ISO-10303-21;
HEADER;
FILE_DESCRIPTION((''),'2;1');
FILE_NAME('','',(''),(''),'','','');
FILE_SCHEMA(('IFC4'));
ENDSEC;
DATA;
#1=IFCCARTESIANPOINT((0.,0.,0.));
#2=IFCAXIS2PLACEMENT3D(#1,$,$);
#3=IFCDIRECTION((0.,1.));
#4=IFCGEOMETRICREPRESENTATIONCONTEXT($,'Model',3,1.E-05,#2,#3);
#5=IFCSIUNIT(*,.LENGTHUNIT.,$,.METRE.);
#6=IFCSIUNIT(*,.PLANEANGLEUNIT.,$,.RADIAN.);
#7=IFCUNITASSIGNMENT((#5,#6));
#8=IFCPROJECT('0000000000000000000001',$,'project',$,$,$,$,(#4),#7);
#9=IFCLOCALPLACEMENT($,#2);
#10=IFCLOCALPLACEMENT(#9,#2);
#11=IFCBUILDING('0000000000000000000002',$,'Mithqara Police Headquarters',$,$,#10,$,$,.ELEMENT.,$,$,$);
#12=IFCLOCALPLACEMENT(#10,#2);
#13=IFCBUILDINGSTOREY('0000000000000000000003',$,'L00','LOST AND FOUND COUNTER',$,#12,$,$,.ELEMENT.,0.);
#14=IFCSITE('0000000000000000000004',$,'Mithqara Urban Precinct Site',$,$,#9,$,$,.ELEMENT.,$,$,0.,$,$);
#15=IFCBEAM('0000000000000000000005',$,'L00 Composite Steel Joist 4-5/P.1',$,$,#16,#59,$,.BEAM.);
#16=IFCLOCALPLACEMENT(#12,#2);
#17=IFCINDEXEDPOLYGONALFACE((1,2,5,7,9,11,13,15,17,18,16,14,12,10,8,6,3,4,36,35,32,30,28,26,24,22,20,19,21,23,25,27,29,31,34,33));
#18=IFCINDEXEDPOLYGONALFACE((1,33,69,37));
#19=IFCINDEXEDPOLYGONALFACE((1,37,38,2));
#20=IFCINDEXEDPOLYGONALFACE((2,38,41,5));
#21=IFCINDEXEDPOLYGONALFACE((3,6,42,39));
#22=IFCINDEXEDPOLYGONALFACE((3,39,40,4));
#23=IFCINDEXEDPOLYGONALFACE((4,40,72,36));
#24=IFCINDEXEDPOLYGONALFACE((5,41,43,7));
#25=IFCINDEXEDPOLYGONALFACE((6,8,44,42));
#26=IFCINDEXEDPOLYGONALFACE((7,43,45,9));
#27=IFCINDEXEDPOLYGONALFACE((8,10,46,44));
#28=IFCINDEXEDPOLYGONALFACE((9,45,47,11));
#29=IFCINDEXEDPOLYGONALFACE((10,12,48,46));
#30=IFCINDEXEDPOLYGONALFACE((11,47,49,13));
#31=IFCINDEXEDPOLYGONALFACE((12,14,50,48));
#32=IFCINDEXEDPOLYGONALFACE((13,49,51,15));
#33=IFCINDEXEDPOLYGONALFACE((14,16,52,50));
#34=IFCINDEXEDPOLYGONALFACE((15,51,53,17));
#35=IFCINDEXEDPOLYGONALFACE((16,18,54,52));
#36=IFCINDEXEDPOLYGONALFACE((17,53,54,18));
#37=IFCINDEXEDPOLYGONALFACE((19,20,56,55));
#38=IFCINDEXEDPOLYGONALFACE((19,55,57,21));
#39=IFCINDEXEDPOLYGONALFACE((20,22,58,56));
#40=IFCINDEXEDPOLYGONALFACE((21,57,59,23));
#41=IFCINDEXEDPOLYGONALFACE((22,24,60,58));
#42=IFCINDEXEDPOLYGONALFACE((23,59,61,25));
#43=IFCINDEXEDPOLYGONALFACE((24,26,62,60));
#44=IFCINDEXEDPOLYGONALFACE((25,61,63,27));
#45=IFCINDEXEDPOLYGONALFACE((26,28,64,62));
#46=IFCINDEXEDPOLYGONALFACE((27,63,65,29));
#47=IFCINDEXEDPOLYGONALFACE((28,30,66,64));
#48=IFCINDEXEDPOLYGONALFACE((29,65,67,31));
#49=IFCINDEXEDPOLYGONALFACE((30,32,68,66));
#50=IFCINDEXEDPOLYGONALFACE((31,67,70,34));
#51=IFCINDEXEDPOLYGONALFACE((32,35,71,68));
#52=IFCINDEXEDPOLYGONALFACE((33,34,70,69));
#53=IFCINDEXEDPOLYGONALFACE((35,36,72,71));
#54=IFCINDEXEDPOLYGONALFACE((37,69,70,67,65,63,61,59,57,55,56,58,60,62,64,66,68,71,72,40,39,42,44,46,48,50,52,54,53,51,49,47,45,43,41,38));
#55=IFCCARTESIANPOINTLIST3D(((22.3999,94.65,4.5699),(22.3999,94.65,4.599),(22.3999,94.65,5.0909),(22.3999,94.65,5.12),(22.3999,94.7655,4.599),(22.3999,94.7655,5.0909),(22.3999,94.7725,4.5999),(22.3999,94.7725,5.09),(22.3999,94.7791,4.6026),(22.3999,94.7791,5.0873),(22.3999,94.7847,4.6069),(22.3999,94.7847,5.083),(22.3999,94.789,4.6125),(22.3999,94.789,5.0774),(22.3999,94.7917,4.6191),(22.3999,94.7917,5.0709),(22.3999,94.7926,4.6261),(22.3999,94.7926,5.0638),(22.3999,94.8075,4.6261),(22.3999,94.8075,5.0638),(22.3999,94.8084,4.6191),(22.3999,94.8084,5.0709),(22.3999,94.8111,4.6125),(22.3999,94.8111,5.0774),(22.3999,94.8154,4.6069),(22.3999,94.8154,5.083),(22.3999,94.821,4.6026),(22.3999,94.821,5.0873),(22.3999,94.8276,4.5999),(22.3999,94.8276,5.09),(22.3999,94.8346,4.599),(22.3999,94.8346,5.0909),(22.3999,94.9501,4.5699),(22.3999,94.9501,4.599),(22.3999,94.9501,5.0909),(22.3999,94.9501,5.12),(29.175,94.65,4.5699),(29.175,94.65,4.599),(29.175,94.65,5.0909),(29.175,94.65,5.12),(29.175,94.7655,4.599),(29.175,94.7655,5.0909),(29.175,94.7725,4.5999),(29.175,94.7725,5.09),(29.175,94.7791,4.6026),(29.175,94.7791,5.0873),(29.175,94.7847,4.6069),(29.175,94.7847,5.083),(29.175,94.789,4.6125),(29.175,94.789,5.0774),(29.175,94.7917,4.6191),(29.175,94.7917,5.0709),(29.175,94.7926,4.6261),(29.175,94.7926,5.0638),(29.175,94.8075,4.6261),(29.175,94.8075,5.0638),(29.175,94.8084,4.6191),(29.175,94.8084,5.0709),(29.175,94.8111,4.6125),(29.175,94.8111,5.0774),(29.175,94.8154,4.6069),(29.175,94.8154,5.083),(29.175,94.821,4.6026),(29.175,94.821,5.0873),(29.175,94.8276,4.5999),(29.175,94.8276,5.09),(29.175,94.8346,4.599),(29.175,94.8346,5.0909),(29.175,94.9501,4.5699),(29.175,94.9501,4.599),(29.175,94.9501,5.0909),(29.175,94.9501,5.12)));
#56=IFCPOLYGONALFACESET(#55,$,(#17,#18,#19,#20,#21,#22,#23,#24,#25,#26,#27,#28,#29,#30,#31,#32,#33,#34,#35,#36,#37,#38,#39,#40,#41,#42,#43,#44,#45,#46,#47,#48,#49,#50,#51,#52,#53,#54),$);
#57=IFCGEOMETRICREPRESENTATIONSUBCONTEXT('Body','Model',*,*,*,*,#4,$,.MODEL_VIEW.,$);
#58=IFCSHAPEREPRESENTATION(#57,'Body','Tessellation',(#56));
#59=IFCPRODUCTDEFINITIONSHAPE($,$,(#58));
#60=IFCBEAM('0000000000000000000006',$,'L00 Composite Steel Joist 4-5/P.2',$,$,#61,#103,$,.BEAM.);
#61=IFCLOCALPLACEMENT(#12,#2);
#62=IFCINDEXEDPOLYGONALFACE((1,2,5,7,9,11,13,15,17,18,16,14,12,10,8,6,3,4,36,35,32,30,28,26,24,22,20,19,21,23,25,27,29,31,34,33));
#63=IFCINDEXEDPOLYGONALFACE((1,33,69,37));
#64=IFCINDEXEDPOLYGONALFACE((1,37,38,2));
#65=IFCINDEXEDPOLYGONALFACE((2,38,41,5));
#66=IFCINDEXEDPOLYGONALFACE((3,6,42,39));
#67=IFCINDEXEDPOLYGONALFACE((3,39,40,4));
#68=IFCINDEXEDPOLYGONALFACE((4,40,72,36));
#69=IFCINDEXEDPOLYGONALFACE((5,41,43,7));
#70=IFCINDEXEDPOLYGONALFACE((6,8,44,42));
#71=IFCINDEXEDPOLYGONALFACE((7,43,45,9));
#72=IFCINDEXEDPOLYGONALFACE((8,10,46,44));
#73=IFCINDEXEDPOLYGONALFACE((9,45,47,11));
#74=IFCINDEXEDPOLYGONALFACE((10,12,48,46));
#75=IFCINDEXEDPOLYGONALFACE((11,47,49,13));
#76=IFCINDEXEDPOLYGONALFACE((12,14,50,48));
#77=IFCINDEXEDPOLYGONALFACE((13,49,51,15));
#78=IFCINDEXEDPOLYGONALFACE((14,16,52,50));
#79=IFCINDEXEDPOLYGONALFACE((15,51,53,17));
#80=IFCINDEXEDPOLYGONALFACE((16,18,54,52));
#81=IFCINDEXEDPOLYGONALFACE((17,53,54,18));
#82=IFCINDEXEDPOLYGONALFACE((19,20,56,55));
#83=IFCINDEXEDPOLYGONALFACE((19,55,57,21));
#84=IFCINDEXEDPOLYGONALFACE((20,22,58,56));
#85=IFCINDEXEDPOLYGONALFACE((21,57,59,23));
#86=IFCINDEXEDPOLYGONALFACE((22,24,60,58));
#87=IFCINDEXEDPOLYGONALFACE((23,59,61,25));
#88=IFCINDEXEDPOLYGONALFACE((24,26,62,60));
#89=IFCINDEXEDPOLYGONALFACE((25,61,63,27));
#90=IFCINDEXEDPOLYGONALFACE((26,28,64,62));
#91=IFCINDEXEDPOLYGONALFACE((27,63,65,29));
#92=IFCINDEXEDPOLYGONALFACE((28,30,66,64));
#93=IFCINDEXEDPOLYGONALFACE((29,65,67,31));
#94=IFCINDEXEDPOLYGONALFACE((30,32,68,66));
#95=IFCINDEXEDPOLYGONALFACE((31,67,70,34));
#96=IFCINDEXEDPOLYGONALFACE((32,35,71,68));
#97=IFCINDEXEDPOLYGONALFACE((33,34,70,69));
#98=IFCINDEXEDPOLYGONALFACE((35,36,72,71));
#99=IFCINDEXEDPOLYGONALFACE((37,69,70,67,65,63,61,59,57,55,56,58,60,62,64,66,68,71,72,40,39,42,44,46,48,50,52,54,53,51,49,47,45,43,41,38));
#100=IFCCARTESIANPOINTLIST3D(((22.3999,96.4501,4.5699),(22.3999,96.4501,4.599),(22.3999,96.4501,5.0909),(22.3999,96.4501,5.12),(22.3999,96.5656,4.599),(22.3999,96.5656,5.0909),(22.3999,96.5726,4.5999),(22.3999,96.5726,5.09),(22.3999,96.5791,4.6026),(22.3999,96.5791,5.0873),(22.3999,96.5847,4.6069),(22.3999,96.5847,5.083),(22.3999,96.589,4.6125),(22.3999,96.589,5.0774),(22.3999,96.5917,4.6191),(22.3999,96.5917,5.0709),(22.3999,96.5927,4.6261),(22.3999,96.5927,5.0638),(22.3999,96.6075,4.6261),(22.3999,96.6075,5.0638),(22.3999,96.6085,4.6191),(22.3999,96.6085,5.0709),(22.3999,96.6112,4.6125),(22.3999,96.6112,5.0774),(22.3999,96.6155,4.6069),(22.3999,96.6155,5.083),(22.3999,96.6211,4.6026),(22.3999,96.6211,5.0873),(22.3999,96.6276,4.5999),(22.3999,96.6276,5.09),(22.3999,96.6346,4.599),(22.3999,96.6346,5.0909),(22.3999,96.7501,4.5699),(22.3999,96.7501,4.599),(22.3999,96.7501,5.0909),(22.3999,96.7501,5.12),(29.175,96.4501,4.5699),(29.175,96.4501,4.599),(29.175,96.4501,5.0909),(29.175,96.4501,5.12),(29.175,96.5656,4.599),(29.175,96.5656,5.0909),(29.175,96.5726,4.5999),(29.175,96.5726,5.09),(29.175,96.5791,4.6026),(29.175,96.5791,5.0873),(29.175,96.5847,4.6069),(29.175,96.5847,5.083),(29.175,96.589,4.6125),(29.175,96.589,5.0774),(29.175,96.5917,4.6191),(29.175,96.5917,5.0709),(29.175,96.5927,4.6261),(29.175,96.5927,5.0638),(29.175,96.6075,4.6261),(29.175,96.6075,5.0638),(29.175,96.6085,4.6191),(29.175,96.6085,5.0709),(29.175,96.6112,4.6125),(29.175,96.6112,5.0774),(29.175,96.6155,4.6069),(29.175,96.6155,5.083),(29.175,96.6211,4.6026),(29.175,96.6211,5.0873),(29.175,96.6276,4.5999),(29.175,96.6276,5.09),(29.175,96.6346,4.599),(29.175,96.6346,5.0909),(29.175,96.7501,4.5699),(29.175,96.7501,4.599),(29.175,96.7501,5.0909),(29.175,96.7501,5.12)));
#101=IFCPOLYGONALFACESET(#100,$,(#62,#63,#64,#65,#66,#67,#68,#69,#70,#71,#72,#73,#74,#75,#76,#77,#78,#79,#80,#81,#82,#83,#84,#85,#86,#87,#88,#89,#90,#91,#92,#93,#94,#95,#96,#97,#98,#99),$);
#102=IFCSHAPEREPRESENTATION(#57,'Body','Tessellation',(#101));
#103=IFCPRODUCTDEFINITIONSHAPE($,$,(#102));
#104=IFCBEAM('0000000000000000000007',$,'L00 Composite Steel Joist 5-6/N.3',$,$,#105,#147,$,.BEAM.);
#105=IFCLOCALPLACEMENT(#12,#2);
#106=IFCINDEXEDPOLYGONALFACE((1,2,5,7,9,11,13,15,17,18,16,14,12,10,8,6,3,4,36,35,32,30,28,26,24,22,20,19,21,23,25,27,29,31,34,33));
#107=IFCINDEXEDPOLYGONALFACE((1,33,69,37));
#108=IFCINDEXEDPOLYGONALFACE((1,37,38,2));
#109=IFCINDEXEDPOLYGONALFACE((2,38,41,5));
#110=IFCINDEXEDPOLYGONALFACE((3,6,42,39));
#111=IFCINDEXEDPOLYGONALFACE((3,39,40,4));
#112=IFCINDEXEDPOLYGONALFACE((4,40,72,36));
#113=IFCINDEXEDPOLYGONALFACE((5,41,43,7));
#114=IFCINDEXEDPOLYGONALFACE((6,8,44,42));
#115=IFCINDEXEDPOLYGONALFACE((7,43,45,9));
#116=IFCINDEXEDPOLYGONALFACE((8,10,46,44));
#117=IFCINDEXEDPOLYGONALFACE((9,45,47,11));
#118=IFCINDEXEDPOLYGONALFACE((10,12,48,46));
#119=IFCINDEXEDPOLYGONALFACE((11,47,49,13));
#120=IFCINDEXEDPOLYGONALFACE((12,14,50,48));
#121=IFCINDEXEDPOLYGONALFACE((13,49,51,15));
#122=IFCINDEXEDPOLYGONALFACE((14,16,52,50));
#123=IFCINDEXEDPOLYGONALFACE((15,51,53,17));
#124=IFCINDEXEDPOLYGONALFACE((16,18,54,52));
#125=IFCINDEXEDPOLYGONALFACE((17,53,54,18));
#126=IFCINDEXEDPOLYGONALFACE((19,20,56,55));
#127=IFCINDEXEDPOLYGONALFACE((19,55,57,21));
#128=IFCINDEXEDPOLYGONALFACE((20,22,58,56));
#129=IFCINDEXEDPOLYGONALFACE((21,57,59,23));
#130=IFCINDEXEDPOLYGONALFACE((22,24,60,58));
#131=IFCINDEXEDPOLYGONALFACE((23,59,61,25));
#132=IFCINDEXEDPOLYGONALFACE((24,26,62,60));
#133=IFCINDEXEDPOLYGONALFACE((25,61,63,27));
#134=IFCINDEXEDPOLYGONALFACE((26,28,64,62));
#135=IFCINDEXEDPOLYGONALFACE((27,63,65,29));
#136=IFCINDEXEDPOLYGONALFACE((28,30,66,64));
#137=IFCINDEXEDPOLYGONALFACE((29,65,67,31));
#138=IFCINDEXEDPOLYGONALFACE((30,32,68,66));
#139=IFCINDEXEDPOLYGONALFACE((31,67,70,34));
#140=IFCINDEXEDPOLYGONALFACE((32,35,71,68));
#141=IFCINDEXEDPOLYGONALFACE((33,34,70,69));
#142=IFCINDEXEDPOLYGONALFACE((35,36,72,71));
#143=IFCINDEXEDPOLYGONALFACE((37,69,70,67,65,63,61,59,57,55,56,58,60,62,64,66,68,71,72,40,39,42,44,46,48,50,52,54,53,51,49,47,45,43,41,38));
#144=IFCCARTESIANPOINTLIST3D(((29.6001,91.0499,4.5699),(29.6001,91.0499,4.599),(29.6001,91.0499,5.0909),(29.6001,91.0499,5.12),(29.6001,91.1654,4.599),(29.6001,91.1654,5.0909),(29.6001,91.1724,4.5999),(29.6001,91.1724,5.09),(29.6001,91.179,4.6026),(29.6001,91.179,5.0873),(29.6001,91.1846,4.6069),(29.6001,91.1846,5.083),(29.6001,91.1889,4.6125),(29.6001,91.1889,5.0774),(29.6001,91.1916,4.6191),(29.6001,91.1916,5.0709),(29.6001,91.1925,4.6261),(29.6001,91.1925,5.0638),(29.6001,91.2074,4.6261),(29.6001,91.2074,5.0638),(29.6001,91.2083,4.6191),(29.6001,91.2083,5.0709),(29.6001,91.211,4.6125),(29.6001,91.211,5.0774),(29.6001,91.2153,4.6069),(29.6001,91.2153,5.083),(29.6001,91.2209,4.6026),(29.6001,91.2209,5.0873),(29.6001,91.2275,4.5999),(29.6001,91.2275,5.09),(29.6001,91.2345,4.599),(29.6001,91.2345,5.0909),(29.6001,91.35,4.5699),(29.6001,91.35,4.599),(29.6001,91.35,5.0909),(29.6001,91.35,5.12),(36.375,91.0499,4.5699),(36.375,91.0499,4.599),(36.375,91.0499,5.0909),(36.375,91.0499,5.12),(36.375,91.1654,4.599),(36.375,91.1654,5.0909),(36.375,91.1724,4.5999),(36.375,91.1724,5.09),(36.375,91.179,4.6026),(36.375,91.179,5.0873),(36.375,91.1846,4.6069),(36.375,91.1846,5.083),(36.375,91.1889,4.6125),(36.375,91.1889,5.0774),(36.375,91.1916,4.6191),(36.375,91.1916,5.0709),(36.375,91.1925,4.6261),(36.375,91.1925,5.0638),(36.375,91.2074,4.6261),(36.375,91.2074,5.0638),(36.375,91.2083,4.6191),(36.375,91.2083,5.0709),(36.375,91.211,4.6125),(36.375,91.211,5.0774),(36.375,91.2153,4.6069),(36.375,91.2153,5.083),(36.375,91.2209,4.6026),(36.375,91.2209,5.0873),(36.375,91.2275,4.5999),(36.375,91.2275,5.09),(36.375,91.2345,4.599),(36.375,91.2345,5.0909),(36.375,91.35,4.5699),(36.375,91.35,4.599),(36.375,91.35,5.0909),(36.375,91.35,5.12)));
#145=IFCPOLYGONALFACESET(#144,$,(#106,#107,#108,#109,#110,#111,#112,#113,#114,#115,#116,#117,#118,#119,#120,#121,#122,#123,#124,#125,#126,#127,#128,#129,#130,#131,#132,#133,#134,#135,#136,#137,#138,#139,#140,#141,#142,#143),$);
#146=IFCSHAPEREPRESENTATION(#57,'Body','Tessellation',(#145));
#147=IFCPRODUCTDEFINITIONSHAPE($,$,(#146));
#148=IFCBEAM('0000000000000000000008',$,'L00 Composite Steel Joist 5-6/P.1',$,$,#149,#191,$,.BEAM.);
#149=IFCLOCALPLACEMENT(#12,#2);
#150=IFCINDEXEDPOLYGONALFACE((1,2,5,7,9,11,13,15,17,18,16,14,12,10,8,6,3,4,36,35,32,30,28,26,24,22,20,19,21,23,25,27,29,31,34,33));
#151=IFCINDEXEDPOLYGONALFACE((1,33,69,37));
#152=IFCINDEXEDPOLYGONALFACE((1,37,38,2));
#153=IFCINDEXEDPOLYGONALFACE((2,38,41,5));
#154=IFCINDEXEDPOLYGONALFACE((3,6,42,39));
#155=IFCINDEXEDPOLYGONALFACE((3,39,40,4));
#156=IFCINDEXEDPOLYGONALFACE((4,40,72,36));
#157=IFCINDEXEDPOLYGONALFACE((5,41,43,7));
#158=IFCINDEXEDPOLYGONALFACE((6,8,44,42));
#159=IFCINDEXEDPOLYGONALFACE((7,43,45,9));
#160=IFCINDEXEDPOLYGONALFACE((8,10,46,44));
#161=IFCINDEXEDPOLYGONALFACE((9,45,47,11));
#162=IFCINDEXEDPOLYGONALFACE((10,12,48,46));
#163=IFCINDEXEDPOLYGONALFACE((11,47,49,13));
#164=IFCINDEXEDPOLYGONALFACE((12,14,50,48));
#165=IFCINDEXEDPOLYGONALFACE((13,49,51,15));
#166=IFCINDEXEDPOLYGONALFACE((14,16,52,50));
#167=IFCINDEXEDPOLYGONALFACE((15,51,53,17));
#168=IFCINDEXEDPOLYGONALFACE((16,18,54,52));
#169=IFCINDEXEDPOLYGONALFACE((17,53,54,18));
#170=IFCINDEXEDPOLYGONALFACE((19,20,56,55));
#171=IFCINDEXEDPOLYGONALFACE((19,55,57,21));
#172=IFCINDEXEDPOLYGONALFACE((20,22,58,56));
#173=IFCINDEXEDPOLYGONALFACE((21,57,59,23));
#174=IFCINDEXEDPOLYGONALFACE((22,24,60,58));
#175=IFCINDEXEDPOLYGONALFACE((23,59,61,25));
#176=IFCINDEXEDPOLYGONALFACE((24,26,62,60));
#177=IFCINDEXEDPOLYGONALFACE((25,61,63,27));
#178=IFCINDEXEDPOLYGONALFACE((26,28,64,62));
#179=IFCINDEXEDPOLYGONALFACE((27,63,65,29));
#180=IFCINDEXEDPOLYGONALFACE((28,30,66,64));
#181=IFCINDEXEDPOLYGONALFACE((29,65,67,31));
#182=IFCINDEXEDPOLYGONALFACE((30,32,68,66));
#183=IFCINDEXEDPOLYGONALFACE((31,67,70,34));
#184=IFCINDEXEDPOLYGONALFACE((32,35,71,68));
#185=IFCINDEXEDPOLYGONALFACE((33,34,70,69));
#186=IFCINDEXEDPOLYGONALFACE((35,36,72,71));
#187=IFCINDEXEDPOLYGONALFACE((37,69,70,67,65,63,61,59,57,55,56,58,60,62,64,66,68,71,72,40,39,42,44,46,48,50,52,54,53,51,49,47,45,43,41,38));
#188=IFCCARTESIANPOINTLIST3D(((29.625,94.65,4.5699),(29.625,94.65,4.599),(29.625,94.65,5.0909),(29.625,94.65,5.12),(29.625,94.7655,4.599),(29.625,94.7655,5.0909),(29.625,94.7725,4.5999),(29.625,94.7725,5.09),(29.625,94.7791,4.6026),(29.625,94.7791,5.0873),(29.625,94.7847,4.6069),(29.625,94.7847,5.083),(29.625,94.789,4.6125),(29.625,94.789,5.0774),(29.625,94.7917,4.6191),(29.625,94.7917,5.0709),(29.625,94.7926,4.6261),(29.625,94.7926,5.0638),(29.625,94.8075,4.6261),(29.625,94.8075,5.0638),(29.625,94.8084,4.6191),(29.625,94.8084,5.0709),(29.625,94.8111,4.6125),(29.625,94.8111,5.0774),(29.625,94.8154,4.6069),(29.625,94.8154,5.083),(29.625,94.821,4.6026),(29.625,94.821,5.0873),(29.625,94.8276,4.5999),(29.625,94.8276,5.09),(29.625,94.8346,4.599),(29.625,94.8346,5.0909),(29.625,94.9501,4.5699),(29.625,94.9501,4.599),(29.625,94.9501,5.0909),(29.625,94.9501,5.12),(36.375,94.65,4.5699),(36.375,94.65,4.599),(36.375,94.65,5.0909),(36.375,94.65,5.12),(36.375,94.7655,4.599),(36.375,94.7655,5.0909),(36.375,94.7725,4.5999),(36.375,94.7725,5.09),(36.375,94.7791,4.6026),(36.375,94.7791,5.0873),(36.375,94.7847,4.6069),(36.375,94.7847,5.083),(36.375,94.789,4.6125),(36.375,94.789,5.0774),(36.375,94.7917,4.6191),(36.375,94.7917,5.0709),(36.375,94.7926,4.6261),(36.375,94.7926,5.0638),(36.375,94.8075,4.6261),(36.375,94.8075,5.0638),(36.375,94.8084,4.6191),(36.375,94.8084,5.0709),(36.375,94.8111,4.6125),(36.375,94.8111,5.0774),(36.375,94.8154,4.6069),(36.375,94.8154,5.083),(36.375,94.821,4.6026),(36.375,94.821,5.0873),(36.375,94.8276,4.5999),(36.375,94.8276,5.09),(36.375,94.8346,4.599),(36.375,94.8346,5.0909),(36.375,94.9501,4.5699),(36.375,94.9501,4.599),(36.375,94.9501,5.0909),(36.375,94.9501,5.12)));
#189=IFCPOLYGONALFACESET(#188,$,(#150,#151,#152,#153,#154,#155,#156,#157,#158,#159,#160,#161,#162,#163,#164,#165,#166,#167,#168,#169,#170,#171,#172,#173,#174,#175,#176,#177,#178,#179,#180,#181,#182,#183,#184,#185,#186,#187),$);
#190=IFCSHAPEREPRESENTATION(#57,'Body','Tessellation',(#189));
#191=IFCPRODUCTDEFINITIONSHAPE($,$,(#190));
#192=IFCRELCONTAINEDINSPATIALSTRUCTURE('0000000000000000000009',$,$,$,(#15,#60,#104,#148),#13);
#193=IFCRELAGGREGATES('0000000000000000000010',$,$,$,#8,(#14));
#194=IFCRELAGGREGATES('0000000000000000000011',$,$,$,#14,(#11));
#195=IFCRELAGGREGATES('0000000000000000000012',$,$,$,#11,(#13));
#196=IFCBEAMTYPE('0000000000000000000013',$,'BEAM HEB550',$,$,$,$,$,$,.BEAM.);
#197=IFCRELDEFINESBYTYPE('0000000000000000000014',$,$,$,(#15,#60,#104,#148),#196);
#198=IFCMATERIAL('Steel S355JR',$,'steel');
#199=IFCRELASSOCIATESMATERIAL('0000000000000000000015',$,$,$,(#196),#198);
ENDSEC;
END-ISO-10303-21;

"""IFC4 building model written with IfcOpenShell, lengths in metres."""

from ifc_helpers import new_model, si_unit, direction, frame, origin, origin_2d, place, context, subcontext, project, spatial, i_section, extrude, material, material_profile, profile_set, type_object, element, save


model = new_model("IFC4")

# Units and contexts
model_context = context("Model", 3, precision=1e-05, world=origin(), true_north=direction((0.0, 1.0)))
body_context = subcontext(model_context, "Body", "Model", "MODEL_VIEW")
ifc_project = project(units=[si_unit("LENGTHUNIT", "METRE"), si_unit("PLANEANGLEUNIT", "RADIAN")], contexts=[model_context])

# Site, building, storey
site_placement = place(None, origin())
site = spatial("IfcSite", under=ifc_project, at=site_placement, Name="Mithqara Urban Precinct Site", CompositionType="ELEMENT", RefElevation=0.0)
building_placement = place(site_placement, origin())
building = spatial("IfcBuilding", under=site, at=building_placement, Name="Mithqara Police Headquarters", CompositionType="ELEMENT")
storey_placement = place(building_placement, origin())
storey = spatial("IfcBuildingStorey", under=building, at=storey_placement, Name="L00", Description="LOST AND FOUND COUNTER", CompositionType="ELEMENT", Elevation=0.0)

# Beams
ifc_material_1 = material(Name="Steel S355JR", Category="steel")
ifc_material_profile_1 = material_profile(ifc_material_1, i_section(OverallWidth=0.3, OverallDepth=0.55, WebThickness=0.0149, FlangeThickness=0.0291, FilletRadius=0.0271, at=origin_2d()), Name="HEB 550")
ifc_profile_set_1 = profile_set([ifc_material_profile_1], Name="Steel S355JR")
beam_type_1 = type_object("IfcBeamType", Name="BEAM HEB550", PredefinedType="BEAM", material=ifc_profile_set_1)
for number, where, z_axis, x_axis, name in (
    (1, (22.3999, 94.8, 4.845), (1.0, 0.0, 0.0), (0.0, 1.0, 0.0), "L00 Composite Steel Joist 4-5/P.1"),
    (2, (22.3999, 96.6001, 4.845), (1.0, 0.0, 0.0), (0.0, 1.0, 0.0), "L00 Composite Steel Joist 4-5/P.2"),
):
    element("IfcBeam", number, at=place(storey_placement, frame(where, z_axis=z_axis, x_axis=x_axis)), inside=storey, type_object=beam_type_1, Name=name, PredefinedType="BEAM", context=body_context, shape_type="SweptSolid", body=[
        extrude(i_section(OverallWidth=0.3, OverallDepth=0.55, WebThickness=0.0149, FlangeThickness=0.0291, FilletRadius=0.0271, at=origin_2d()), origin(), (0.0, 0.0, 1.0), 6.7751),
    ])
beam_1_placement = place(storey_placement, frame((29.6001, 91.2, 4.845), z_axis=(1.0, 0.0, 0.0), x_axis=(0.0, 1.0, 0.0)))
element("IfcBeam", 3, at=beam_1_placement, inside=storey, type_object=beam_type_1, Name="L00 Composite Steel Joist 5-6/N.3", PredefinedType="BEAM", context=body_context, shape_type="SweptSolid", body=[
    extrude(i_section(OverallWidth=0.3, OverallDepth=0.55, WebThickness=0.0149, FlangeThickness=0.0291, FilletRadius=0.0271, at=origin_2d()), origin(), (0.0, 0.0, 1.0), 6.7749),
])
for number, where, z_axis, x_axis, name in (
    (4, (29.625, 94.8, 4.845), (1.0, 0.0, 0.0), (0.0, 1.0, 0.0), "L00 Composite Steel Joist 5-6/P.1"),
):
    element("IfcBeam", number, at=place(storey_placement, frame(where, z_axis=z_axis, x_axis=x_axis)), inside=storey, type_object=beam_type_1, Name=name, PredefinedType="BEAM", context=body_context, shape_type="SweptSolid", body=[
        extrude(i_section(OverallWidth=0.3, OverallDepth=0.55, WebThickness=0.0149, FlangeThickness=0.0291, FilletRadius=0.0271, at=origin_2d()), origin(), (0.0, 0.0, 1.0), 6.75),
    ])

save(model, "model.ifc")
